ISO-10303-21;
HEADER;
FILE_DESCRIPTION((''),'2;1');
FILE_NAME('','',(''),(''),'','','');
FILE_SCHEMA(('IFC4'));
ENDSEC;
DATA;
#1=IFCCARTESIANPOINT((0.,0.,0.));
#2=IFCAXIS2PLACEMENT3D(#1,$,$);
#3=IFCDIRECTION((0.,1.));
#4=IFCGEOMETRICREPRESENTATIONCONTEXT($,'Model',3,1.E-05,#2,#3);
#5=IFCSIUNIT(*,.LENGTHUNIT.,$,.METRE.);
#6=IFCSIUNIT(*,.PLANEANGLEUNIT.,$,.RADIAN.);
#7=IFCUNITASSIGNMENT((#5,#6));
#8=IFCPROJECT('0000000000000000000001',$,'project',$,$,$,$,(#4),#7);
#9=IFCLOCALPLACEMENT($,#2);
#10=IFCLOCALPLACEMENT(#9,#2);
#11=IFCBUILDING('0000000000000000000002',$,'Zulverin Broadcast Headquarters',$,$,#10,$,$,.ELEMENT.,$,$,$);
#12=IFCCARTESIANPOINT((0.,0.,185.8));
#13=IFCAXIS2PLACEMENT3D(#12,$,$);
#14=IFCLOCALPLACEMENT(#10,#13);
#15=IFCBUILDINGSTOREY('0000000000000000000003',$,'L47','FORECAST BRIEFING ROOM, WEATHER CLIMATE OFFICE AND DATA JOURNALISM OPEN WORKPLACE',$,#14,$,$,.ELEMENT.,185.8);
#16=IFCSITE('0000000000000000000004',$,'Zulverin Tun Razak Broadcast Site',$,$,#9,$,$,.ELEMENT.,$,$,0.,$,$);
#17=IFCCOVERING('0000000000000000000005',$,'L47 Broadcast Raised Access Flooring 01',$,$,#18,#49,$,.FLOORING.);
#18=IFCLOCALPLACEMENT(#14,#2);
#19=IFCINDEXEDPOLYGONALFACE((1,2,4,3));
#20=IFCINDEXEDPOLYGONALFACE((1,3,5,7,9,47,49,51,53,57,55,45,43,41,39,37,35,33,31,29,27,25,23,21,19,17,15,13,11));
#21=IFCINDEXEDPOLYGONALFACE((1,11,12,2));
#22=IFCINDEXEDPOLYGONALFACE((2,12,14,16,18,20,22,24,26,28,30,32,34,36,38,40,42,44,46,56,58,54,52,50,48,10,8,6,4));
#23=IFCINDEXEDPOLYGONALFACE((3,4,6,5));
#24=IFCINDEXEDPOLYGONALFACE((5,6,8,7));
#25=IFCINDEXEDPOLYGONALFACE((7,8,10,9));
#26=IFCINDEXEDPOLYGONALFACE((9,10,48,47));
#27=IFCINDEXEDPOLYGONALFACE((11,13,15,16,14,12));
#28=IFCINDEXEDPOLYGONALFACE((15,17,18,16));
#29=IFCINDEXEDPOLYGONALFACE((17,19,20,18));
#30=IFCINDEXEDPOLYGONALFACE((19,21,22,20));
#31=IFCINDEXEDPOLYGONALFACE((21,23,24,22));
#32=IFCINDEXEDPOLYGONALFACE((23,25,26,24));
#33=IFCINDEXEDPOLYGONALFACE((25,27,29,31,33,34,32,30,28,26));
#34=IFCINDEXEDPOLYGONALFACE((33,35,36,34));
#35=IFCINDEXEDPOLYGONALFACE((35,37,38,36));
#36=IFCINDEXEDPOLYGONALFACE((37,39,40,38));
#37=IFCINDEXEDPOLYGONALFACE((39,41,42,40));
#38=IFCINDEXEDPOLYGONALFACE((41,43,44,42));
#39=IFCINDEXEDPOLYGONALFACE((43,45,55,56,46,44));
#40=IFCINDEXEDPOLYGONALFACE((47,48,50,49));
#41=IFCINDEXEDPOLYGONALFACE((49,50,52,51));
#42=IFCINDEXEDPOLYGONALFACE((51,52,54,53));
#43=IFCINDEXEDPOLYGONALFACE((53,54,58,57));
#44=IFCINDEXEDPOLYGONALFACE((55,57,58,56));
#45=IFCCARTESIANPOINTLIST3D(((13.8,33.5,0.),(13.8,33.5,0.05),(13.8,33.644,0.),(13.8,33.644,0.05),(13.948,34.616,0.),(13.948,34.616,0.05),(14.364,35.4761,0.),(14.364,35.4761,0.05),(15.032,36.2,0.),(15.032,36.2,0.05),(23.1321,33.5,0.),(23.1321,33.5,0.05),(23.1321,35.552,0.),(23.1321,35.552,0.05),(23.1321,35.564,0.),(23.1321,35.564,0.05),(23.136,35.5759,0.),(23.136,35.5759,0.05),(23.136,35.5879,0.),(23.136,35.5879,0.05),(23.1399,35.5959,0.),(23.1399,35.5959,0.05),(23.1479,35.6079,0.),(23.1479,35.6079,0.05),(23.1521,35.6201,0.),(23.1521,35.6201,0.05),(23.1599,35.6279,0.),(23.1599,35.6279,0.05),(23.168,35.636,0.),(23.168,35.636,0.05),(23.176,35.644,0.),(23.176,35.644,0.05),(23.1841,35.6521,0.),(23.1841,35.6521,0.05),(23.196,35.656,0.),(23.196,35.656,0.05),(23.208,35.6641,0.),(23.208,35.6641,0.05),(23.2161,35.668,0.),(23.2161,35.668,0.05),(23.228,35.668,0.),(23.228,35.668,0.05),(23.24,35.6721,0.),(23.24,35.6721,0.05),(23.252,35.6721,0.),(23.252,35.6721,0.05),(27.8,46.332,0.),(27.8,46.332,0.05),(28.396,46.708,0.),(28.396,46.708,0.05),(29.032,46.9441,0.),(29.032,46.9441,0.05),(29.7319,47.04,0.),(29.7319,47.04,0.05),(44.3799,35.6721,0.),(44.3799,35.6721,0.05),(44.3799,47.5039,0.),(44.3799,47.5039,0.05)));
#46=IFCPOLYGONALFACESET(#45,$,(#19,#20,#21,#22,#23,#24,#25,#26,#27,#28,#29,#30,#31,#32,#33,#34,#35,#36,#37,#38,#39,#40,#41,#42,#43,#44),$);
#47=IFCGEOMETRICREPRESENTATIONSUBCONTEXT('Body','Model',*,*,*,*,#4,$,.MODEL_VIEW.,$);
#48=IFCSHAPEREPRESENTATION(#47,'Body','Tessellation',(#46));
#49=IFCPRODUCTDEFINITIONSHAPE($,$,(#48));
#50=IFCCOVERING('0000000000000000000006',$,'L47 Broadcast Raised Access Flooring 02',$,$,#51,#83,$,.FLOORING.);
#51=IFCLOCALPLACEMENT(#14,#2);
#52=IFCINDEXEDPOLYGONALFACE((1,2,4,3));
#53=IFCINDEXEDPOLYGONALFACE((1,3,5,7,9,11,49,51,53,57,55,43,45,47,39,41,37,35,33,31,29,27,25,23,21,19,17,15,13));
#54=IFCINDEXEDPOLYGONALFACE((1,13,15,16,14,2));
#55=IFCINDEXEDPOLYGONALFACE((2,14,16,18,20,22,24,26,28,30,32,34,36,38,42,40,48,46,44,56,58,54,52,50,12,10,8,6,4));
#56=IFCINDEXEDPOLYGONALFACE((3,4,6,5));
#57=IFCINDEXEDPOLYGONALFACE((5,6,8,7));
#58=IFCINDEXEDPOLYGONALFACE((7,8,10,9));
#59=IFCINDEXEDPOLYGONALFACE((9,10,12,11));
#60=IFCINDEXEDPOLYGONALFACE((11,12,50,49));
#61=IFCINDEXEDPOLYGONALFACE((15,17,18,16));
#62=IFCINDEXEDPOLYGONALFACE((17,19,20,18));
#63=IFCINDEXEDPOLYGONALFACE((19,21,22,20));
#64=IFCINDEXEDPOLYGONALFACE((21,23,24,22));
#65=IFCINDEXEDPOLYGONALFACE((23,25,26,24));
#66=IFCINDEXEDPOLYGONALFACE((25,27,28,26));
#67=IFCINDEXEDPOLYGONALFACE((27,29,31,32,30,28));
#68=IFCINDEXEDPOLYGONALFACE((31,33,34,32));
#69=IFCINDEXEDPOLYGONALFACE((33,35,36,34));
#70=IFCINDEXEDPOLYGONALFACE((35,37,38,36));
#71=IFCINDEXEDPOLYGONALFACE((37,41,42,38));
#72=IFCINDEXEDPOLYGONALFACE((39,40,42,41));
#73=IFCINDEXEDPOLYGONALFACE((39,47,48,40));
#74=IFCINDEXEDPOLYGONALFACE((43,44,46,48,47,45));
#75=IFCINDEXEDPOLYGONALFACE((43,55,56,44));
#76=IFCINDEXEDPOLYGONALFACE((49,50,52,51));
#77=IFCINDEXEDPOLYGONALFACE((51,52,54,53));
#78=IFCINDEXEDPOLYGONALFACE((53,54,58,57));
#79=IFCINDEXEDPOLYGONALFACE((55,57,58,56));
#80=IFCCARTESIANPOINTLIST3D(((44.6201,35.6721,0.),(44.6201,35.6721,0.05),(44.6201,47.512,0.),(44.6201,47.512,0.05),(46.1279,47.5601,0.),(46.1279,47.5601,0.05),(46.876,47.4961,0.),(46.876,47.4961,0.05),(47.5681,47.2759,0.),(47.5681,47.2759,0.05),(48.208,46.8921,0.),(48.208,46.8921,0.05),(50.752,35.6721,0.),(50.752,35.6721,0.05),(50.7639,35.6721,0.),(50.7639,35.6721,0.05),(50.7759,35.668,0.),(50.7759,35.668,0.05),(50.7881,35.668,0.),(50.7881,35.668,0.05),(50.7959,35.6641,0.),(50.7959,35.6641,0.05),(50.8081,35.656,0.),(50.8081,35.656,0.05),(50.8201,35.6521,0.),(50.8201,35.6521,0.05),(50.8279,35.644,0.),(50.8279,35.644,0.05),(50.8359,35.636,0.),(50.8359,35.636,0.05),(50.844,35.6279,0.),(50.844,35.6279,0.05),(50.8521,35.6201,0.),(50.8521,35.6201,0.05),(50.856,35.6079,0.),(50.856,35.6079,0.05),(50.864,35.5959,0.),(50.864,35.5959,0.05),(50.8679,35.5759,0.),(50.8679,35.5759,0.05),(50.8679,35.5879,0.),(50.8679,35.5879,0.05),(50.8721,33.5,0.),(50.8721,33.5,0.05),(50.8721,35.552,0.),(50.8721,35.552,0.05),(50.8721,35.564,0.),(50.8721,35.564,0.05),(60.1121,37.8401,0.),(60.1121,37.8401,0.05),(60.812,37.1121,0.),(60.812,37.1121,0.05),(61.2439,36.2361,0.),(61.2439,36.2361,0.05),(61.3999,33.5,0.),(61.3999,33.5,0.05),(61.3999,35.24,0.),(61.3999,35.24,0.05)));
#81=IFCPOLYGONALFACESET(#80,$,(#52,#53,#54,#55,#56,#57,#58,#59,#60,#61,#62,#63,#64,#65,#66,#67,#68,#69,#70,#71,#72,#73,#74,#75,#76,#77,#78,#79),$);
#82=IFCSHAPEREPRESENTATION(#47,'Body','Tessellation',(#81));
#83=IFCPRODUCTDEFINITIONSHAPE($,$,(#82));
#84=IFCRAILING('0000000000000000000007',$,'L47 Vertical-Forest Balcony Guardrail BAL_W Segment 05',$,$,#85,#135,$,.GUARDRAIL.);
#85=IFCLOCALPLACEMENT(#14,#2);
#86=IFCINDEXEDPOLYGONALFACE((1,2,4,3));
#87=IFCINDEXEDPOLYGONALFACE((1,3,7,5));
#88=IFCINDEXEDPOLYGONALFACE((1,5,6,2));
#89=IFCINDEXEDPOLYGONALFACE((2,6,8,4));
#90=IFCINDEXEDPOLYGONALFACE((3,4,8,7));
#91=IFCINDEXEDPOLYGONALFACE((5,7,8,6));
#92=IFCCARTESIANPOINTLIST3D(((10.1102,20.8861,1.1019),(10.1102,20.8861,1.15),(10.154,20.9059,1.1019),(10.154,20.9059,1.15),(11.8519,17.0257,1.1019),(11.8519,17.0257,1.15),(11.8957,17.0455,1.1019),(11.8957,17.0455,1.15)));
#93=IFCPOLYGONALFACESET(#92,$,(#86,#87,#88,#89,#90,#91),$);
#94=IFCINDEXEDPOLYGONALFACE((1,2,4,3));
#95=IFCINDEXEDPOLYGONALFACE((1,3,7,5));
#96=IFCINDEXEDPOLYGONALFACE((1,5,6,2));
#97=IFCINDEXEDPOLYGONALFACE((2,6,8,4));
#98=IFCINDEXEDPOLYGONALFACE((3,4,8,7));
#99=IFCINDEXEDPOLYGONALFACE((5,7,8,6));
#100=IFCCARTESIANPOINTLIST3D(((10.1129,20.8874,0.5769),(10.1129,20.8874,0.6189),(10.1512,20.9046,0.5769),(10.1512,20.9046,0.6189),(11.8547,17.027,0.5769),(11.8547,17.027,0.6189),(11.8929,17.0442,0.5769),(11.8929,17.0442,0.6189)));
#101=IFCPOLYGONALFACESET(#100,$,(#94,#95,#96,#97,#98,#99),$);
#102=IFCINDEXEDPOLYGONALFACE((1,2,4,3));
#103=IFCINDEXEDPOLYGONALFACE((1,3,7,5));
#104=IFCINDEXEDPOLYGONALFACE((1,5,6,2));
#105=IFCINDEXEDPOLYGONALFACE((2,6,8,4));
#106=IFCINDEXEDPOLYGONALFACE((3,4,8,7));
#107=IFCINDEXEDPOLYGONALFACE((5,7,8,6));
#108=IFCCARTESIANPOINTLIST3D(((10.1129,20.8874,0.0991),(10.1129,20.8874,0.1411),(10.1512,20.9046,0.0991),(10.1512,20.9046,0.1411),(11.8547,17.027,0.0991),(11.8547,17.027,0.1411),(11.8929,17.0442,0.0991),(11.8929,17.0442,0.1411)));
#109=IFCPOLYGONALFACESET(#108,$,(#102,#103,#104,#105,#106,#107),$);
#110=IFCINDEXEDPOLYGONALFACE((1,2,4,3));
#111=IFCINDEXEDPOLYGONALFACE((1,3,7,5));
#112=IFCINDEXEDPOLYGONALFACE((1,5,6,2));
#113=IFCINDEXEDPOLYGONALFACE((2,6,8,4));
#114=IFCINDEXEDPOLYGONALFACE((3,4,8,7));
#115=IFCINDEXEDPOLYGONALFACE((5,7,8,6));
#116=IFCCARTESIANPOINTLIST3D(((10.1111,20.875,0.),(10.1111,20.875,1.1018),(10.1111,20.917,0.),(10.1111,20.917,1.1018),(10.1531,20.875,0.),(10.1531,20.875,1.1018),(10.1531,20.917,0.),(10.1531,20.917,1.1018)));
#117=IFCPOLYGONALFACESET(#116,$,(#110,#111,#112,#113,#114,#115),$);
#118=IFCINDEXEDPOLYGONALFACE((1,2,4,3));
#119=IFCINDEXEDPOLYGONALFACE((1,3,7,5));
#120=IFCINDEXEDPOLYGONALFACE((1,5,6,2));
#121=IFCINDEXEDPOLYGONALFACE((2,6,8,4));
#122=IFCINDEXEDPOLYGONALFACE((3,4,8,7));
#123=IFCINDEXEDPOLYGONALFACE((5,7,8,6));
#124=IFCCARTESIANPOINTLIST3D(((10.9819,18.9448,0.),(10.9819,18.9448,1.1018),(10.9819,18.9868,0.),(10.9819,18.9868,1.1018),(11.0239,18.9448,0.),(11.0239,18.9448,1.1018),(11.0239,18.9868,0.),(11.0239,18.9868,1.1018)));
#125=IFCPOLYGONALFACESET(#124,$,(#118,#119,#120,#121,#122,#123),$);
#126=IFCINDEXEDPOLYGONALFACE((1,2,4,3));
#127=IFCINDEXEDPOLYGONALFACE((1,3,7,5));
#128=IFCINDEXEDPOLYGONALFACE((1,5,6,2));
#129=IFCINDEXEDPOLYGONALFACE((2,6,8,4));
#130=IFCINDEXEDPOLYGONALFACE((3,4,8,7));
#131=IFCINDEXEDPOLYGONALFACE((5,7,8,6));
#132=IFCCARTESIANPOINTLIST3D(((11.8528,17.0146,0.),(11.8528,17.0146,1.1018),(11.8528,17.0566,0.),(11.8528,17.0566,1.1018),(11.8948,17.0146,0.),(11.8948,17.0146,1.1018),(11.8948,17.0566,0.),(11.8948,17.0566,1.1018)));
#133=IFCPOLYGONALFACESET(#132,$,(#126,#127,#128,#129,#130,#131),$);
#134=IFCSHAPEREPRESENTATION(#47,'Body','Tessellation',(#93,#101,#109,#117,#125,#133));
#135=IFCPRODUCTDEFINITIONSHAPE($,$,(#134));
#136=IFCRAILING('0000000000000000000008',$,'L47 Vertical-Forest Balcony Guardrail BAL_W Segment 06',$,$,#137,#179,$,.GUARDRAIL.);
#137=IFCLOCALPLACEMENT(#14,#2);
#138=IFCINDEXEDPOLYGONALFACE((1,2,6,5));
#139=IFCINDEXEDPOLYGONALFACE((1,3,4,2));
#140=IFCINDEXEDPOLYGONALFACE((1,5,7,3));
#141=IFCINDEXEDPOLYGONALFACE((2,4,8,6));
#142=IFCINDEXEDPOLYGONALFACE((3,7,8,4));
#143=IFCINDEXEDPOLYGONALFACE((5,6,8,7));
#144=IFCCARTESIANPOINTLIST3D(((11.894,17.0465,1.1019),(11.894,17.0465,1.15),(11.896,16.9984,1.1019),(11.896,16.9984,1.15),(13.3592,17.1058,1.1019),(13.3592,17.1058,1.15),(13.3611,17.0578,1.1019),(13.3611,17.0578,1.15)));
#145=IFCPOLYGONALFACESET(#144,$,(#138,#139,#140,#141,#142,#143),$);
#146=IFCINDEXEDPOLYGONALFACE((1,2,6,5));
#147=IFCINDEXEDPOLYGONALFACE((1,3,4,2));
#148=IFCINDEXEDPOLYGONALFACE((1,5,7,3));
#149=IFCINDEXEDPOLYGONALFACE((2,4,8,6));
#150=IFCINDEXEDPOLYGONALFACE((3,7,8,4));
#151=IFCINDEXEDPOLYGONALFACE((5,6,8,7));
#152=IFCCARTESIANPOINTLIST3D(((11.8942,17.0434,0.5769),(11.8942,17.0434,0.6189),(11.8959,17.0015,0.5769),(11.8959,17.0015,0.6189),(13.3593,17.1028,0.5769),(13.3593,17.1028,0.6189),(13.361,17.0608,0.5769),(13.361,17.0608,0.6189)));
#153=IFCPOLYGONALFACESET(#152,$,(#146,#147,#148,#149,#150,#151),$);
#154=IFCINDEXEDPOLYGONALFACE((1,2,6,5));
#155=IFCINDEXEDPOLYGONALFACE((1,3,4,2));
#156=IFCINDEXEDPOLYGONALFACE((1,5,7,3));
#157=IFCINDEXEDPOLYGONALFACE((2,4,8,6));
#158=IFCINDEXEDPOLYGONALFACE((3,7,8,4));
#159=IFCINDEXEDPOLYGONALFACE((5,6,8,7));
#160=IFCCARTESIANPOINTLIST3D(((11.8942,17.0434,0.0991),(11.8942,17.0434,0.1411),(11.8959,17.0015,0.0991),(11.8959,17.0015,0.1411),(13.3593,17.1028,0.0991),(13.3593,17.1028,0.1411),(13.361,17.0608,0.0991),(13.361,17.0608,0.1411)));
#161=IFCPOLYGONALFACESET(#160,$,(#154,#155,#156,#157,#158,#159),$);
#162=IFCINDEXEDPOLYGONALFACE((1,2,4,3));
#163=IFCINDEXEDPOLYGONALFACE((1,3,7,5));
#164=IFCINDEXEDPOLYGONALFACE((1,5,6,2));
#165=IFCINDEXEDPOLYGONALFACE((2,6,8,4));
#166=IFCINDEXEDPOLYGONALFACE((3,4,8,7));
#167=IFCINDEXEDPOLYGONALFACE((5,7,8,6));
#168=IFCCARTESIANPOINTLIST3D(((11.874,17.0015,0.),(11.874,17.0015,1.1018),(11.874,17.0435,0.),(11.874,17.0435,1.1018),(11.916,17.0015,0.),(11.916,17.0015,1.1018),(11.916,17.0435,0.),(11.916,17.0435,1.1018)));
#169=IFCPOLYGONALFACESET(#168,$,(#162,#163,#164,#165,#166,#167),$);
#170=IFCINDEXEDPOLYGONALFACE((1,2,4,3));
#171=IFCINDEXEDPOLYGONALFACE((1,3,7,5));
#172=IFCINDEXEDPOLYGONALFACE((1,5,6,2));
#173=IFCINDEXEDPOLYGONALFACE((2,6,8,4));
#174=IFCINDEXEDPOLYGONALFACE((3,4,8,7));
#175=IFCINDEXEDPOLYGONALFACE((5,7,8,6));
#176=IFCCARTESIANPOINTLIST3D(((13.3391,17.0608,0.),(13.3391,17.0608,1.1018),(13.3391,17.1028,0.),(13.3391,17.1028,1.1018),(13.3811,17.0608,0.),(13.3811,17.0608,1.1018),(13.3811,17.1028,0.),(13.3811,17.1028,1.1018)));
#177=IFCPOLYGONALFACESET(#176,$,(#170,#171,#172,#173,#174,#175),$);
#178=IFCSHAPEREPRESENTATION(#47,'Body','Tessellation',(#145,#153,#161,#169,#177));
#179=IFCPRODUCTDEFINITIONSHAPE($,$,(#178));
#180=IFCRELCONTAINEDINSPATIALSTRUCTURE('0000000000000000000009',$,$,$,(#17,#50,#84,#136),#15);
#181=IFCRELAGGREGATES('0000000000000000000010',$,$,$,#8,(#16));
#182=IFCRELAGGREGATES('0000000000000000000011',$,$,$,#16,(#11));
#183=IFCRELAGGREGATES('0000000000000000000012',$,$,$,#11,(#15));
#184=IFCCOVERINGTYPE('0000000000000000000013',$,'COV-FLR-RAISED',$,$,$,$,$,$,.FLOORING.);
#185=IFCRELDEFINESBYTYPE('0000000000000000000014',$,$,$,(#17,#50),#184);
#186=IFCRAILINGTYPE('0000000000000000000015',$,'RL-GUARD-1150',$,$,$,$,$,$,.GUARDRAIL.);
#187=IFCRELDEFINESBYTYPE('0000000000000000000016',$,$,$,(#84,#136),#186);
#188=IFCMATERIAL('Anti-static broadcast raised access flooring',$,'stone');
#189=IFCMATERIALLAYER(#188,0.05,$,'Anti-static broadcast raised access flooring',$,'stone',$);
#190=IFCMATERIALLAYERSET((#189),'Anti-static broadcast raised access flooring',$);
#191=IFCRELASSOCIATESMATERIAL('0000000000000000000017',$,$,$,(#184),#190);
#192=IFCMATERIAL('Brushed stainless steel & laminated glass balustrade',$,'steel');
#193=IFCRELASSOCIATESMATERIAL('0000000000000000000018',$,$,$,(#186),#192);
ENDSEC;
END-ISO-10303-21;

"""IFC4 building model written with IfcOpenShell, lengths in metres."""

from ifc_helpers import new_model, si_unit, direction, frame, origin, origin_2d, place, context, subcontext, project, spatial, polyline, rectangle, outline, extrude, material, layer, layer_set, type_object, element, save


model = new_model("IFC4")

# Units and contexts
model_context = context("Model", 3, precision=1e-05, world=origin(), true_north=direction((0.0, 1.0)))
body_context = subcontext(model_context, "Body", "Model", "MODEL_VIEW")
ifc_project = project(units=[si_unit("LENGTHUNIT", "METRE"), si_unit("PLANEANGLEUNIT", "RADIAN")], contexts=[model_context])

# Site, building, storey
site_placement = place(None, origin())
site = spatial("IfcSite", under=ifc_project, at=site_placement, Name="Zulverin Tun Razak Broadcast Site", CompositionType="ELEMENT", RefElevation=0.0)
building_placement = place(site_placement, origin())
building = spatial("IfcBuilding", under=site, at=building_placement, Name="Zulverin Broadcast Headquarters", CompositionType="ELEMENT")
storey_placement = place(building_placement, frame((0.0, 0.0, 185.8)))
storey = spatial("IfcBuildingStorey", under=building, at=storey_placement, Name="L47", Description="FORECAST BRIEFING ROOM, WEATHER CLIMATE OFFICE AND DATA JOURNALISM OPEN WORKPLACE", CompositionType="ELEMENT", Elevation=185.8)

# Coverings
ifc_material_1 = material(Name="Anti-static broadcast raised access flooring", Category="stone")
ifc_layer_1 = layer(ifc_material_1, 0.05, Name="Anti-static broadcast raised access flooring", Category="stone")
ifc_layer_set_1 = layer_set([ifc_layer_1], Name="Anti-static broadcast raised access flooring")
covering_type_1 = type_object("IfcCoveringType", Name="COV-FLR-RAISED", PredefinedType="FLOORING", material=ifc_layer_set_1)
covering_1_placement = place(storey_placement, origin())
element("IfcCovering", 1, at=covering_1_placement, inside=storey, type_object=covering_type_1, Name="L47 Broadcast Raised Access Flooring 01", PredefinedType="FLOORING", context=body_context, shape_type="SweptSolid", body=[
    extrude(outline(polyline([(29.032, 46.9441), (28.396, 46.708), (27.8, 46.332), (15.032, 36.2), (14.364, 35.4761), (13.948, 34.616), (13.8, 33.644), (13.8, 33.5), (23.1321, 33.5), (23.1321, 35.552), (23.1321, 35.564), (23.136, 35.5759), (23.136, 35.5879), (23.1399, 35.5959), (23.1479, 35.6079), (23.1521, 35.6201), (23.1599, 35.6279), (23.168, 35.636), (23.176, 35.644), (23.1841, 35.6521), (23.196, 35.656), (23.208, 35.6641), (23.2161, 35.668), (23.228, 35.668), (23.24, 35.6721), (23.252, 35.6721), (44.3799, 35.6721), (44.3799, 47.5039), (29.7319, 47.04), (29.032, 46.9441)])), origin(), (0.0, 0.0, 1.0), 0.05),
])
covering_2_placement = place(storey_placement, origin())
element("IfcCovering", 2, at=covering_2_placement, inside=storey, type_object=covering_type_1, Name="L47 Broadcast Raised Access Flooring 02", PredefinedType="FLOORING", context=body_context, shape_type="SweptSolid", body=[
    extrude(outline(polyline([(60.812, 37.1121), (60.1121, 37.8401), (48.208, 46.8921), (47.5681, 47.2759), (46.876, 47.4961), (46.1279, 47.5601), (44.6201, 47.512), (44.6201, 35.6721), (50.752, 35.6721), (50.7639, 35.6721), (50.7759, 35.668), (50.7881, 35.668), (50.7959, 35.6641), (50.8081, 35.656), (50.8201, 35.6521), (50.8279, 35.644), (50.8359, 35.636), (50.844, 35.6279), (50.8521, 35.6201), (50.856, 35.6079), (50.864, 35.5959), (50.8679, 35.5879), (50.8679, 35.5759), (50.8721, 35.564), (50.8721, 35.552), (50.8721, 33.5), (61.3999, 33.5), (61.3999, 35.24), (61.2439, 36.2361), (60.812, 37.1121)])), origin(), (0.0, 0.0, 1.0), 0.05),
])

# Railings
ifc_material_2 = material(Name="Brushed stainless steel & laminated glass balustrade", Category="steel")
railing_type = type_object("IfcRailingType", Name="RL-GUARD-1150", PredefinedType="GUARDRAIL", material=ifc_material_2)
railing_1_placement = place(storey_placement, frame((10.1321, 20.896, 0.0)))
element("IfcRailing", 3, at=railing_1_placement, inside=storey, type_object=railing_type, Name="L47 Vertical-Forest Balcony Guardrail BAL_W Segment 05", PredefinedType="GUARDRAIL", context=body_context, shape_type="SweptSolid", body=[
    extrude(rectangle(XDim=0.0481, YDim=0.0481, at=origin_2d()), frame((0.0, 0.0, 1.126), z_axis=(0.411256, -0.91152, 0.0), x_axis=(0.91152, 0.411256, 0.0)), (0.0, 0.0, 1.0), 4.2351),
    extrude(rectangle(XDim=0.042, YDim=0.042, at=origin_2d()), frame((0.0, 0.0, 0.5979), z_axis=(0.411256, -0.91152, 0.0), x_axis=(0.91152, 0.411256, 0.0)), (0.0, 0.0, 1.0), 4.2351),
    extrude(rectangle(XDim=0.042, YDim=0.042, at=origin_2d()), frame((0.0, 0.0, 0.1201), z_axis=(0.411256, -0.91152, 0.0), x_axis=(0.91152, 0.411256, 0.0)), (0.0, 0.0, 1.0), 4.2351),
    extrude(rectangle(XDim=0.042, YDim=0.042, at=origin_2d()), origin(), (0.0, 0.0, 1.0), 1.1018),
    extrude(rectangle(XDim=0.042, YDim=0.042, at=origin_2d()), frame((0.8708, -1.9302, 0.0)), (0.0, 0.0, 1.0), 1.1018),
    extrude(rectangle(XDim=0.042, YDim=0.042, at=origin_2d()), frame((1.7417, -3.8604, 0.0)), (0.0, 0.0, 1.0), 1.1018),
])
railing_2_placement = place(storey_placement, frame((11.895, 17.0225, 0.0)))
element("IfcRailing", 4, at=railing_2_placement, inside=storey, type_object=railing_type, Name="L47 Vertical-Forest Balcony Guardrail BAL_W Segment 06", PredefinedType="GUARDRAIL", context=body_context, shape_type="SweptSolid", body=[
    extrude(rectangle(XDim=0.0481, YDim=0.0481, at=origin_2d()), frame((0.0, 0.0, 1.126), z_axis=(0.999181, 0.04046, 0.0), x_axis=(-0.04046, 0.999181, 0.0)), (0.0, 0.0, 1.0), 1.4663),
    extrude(rectangle(XDim=0.042, YDim=0.042, at=origin_2d()), frame((0.0, 0.0, 0.5979), z_axis=(0.999181, 0.04046, 0.0), x_axis=(-0.04046, 0.999181, 0.0)), (0.0, 0.0, 1.0), 1.4663),
    extrude(rectangle(XDim=0.042, YDim=0.042, at=origin_2d()), frame((0.0, 0.0, 0.1201), z_axis=(0.999181, 0.04046, 0.0), x_axis=(-0.04046, 0.999181, 0.0)), (0.0, 0.0, 1.0), 1.4663),
    extrude(rectangle(XDim=0.042, YDim=0.042, at=origin_2d()), origin(), (0.0, 0.0, 1.0), 1.1018),
    extrude(rectangle(XDim=0.042, YDim=0.042, at=origin_2d()), frame((1.4651, 0.0593, 0.0)), (0.0, 0.0, 1.0), 1.1018),
])

save(model, "model.ifc")
